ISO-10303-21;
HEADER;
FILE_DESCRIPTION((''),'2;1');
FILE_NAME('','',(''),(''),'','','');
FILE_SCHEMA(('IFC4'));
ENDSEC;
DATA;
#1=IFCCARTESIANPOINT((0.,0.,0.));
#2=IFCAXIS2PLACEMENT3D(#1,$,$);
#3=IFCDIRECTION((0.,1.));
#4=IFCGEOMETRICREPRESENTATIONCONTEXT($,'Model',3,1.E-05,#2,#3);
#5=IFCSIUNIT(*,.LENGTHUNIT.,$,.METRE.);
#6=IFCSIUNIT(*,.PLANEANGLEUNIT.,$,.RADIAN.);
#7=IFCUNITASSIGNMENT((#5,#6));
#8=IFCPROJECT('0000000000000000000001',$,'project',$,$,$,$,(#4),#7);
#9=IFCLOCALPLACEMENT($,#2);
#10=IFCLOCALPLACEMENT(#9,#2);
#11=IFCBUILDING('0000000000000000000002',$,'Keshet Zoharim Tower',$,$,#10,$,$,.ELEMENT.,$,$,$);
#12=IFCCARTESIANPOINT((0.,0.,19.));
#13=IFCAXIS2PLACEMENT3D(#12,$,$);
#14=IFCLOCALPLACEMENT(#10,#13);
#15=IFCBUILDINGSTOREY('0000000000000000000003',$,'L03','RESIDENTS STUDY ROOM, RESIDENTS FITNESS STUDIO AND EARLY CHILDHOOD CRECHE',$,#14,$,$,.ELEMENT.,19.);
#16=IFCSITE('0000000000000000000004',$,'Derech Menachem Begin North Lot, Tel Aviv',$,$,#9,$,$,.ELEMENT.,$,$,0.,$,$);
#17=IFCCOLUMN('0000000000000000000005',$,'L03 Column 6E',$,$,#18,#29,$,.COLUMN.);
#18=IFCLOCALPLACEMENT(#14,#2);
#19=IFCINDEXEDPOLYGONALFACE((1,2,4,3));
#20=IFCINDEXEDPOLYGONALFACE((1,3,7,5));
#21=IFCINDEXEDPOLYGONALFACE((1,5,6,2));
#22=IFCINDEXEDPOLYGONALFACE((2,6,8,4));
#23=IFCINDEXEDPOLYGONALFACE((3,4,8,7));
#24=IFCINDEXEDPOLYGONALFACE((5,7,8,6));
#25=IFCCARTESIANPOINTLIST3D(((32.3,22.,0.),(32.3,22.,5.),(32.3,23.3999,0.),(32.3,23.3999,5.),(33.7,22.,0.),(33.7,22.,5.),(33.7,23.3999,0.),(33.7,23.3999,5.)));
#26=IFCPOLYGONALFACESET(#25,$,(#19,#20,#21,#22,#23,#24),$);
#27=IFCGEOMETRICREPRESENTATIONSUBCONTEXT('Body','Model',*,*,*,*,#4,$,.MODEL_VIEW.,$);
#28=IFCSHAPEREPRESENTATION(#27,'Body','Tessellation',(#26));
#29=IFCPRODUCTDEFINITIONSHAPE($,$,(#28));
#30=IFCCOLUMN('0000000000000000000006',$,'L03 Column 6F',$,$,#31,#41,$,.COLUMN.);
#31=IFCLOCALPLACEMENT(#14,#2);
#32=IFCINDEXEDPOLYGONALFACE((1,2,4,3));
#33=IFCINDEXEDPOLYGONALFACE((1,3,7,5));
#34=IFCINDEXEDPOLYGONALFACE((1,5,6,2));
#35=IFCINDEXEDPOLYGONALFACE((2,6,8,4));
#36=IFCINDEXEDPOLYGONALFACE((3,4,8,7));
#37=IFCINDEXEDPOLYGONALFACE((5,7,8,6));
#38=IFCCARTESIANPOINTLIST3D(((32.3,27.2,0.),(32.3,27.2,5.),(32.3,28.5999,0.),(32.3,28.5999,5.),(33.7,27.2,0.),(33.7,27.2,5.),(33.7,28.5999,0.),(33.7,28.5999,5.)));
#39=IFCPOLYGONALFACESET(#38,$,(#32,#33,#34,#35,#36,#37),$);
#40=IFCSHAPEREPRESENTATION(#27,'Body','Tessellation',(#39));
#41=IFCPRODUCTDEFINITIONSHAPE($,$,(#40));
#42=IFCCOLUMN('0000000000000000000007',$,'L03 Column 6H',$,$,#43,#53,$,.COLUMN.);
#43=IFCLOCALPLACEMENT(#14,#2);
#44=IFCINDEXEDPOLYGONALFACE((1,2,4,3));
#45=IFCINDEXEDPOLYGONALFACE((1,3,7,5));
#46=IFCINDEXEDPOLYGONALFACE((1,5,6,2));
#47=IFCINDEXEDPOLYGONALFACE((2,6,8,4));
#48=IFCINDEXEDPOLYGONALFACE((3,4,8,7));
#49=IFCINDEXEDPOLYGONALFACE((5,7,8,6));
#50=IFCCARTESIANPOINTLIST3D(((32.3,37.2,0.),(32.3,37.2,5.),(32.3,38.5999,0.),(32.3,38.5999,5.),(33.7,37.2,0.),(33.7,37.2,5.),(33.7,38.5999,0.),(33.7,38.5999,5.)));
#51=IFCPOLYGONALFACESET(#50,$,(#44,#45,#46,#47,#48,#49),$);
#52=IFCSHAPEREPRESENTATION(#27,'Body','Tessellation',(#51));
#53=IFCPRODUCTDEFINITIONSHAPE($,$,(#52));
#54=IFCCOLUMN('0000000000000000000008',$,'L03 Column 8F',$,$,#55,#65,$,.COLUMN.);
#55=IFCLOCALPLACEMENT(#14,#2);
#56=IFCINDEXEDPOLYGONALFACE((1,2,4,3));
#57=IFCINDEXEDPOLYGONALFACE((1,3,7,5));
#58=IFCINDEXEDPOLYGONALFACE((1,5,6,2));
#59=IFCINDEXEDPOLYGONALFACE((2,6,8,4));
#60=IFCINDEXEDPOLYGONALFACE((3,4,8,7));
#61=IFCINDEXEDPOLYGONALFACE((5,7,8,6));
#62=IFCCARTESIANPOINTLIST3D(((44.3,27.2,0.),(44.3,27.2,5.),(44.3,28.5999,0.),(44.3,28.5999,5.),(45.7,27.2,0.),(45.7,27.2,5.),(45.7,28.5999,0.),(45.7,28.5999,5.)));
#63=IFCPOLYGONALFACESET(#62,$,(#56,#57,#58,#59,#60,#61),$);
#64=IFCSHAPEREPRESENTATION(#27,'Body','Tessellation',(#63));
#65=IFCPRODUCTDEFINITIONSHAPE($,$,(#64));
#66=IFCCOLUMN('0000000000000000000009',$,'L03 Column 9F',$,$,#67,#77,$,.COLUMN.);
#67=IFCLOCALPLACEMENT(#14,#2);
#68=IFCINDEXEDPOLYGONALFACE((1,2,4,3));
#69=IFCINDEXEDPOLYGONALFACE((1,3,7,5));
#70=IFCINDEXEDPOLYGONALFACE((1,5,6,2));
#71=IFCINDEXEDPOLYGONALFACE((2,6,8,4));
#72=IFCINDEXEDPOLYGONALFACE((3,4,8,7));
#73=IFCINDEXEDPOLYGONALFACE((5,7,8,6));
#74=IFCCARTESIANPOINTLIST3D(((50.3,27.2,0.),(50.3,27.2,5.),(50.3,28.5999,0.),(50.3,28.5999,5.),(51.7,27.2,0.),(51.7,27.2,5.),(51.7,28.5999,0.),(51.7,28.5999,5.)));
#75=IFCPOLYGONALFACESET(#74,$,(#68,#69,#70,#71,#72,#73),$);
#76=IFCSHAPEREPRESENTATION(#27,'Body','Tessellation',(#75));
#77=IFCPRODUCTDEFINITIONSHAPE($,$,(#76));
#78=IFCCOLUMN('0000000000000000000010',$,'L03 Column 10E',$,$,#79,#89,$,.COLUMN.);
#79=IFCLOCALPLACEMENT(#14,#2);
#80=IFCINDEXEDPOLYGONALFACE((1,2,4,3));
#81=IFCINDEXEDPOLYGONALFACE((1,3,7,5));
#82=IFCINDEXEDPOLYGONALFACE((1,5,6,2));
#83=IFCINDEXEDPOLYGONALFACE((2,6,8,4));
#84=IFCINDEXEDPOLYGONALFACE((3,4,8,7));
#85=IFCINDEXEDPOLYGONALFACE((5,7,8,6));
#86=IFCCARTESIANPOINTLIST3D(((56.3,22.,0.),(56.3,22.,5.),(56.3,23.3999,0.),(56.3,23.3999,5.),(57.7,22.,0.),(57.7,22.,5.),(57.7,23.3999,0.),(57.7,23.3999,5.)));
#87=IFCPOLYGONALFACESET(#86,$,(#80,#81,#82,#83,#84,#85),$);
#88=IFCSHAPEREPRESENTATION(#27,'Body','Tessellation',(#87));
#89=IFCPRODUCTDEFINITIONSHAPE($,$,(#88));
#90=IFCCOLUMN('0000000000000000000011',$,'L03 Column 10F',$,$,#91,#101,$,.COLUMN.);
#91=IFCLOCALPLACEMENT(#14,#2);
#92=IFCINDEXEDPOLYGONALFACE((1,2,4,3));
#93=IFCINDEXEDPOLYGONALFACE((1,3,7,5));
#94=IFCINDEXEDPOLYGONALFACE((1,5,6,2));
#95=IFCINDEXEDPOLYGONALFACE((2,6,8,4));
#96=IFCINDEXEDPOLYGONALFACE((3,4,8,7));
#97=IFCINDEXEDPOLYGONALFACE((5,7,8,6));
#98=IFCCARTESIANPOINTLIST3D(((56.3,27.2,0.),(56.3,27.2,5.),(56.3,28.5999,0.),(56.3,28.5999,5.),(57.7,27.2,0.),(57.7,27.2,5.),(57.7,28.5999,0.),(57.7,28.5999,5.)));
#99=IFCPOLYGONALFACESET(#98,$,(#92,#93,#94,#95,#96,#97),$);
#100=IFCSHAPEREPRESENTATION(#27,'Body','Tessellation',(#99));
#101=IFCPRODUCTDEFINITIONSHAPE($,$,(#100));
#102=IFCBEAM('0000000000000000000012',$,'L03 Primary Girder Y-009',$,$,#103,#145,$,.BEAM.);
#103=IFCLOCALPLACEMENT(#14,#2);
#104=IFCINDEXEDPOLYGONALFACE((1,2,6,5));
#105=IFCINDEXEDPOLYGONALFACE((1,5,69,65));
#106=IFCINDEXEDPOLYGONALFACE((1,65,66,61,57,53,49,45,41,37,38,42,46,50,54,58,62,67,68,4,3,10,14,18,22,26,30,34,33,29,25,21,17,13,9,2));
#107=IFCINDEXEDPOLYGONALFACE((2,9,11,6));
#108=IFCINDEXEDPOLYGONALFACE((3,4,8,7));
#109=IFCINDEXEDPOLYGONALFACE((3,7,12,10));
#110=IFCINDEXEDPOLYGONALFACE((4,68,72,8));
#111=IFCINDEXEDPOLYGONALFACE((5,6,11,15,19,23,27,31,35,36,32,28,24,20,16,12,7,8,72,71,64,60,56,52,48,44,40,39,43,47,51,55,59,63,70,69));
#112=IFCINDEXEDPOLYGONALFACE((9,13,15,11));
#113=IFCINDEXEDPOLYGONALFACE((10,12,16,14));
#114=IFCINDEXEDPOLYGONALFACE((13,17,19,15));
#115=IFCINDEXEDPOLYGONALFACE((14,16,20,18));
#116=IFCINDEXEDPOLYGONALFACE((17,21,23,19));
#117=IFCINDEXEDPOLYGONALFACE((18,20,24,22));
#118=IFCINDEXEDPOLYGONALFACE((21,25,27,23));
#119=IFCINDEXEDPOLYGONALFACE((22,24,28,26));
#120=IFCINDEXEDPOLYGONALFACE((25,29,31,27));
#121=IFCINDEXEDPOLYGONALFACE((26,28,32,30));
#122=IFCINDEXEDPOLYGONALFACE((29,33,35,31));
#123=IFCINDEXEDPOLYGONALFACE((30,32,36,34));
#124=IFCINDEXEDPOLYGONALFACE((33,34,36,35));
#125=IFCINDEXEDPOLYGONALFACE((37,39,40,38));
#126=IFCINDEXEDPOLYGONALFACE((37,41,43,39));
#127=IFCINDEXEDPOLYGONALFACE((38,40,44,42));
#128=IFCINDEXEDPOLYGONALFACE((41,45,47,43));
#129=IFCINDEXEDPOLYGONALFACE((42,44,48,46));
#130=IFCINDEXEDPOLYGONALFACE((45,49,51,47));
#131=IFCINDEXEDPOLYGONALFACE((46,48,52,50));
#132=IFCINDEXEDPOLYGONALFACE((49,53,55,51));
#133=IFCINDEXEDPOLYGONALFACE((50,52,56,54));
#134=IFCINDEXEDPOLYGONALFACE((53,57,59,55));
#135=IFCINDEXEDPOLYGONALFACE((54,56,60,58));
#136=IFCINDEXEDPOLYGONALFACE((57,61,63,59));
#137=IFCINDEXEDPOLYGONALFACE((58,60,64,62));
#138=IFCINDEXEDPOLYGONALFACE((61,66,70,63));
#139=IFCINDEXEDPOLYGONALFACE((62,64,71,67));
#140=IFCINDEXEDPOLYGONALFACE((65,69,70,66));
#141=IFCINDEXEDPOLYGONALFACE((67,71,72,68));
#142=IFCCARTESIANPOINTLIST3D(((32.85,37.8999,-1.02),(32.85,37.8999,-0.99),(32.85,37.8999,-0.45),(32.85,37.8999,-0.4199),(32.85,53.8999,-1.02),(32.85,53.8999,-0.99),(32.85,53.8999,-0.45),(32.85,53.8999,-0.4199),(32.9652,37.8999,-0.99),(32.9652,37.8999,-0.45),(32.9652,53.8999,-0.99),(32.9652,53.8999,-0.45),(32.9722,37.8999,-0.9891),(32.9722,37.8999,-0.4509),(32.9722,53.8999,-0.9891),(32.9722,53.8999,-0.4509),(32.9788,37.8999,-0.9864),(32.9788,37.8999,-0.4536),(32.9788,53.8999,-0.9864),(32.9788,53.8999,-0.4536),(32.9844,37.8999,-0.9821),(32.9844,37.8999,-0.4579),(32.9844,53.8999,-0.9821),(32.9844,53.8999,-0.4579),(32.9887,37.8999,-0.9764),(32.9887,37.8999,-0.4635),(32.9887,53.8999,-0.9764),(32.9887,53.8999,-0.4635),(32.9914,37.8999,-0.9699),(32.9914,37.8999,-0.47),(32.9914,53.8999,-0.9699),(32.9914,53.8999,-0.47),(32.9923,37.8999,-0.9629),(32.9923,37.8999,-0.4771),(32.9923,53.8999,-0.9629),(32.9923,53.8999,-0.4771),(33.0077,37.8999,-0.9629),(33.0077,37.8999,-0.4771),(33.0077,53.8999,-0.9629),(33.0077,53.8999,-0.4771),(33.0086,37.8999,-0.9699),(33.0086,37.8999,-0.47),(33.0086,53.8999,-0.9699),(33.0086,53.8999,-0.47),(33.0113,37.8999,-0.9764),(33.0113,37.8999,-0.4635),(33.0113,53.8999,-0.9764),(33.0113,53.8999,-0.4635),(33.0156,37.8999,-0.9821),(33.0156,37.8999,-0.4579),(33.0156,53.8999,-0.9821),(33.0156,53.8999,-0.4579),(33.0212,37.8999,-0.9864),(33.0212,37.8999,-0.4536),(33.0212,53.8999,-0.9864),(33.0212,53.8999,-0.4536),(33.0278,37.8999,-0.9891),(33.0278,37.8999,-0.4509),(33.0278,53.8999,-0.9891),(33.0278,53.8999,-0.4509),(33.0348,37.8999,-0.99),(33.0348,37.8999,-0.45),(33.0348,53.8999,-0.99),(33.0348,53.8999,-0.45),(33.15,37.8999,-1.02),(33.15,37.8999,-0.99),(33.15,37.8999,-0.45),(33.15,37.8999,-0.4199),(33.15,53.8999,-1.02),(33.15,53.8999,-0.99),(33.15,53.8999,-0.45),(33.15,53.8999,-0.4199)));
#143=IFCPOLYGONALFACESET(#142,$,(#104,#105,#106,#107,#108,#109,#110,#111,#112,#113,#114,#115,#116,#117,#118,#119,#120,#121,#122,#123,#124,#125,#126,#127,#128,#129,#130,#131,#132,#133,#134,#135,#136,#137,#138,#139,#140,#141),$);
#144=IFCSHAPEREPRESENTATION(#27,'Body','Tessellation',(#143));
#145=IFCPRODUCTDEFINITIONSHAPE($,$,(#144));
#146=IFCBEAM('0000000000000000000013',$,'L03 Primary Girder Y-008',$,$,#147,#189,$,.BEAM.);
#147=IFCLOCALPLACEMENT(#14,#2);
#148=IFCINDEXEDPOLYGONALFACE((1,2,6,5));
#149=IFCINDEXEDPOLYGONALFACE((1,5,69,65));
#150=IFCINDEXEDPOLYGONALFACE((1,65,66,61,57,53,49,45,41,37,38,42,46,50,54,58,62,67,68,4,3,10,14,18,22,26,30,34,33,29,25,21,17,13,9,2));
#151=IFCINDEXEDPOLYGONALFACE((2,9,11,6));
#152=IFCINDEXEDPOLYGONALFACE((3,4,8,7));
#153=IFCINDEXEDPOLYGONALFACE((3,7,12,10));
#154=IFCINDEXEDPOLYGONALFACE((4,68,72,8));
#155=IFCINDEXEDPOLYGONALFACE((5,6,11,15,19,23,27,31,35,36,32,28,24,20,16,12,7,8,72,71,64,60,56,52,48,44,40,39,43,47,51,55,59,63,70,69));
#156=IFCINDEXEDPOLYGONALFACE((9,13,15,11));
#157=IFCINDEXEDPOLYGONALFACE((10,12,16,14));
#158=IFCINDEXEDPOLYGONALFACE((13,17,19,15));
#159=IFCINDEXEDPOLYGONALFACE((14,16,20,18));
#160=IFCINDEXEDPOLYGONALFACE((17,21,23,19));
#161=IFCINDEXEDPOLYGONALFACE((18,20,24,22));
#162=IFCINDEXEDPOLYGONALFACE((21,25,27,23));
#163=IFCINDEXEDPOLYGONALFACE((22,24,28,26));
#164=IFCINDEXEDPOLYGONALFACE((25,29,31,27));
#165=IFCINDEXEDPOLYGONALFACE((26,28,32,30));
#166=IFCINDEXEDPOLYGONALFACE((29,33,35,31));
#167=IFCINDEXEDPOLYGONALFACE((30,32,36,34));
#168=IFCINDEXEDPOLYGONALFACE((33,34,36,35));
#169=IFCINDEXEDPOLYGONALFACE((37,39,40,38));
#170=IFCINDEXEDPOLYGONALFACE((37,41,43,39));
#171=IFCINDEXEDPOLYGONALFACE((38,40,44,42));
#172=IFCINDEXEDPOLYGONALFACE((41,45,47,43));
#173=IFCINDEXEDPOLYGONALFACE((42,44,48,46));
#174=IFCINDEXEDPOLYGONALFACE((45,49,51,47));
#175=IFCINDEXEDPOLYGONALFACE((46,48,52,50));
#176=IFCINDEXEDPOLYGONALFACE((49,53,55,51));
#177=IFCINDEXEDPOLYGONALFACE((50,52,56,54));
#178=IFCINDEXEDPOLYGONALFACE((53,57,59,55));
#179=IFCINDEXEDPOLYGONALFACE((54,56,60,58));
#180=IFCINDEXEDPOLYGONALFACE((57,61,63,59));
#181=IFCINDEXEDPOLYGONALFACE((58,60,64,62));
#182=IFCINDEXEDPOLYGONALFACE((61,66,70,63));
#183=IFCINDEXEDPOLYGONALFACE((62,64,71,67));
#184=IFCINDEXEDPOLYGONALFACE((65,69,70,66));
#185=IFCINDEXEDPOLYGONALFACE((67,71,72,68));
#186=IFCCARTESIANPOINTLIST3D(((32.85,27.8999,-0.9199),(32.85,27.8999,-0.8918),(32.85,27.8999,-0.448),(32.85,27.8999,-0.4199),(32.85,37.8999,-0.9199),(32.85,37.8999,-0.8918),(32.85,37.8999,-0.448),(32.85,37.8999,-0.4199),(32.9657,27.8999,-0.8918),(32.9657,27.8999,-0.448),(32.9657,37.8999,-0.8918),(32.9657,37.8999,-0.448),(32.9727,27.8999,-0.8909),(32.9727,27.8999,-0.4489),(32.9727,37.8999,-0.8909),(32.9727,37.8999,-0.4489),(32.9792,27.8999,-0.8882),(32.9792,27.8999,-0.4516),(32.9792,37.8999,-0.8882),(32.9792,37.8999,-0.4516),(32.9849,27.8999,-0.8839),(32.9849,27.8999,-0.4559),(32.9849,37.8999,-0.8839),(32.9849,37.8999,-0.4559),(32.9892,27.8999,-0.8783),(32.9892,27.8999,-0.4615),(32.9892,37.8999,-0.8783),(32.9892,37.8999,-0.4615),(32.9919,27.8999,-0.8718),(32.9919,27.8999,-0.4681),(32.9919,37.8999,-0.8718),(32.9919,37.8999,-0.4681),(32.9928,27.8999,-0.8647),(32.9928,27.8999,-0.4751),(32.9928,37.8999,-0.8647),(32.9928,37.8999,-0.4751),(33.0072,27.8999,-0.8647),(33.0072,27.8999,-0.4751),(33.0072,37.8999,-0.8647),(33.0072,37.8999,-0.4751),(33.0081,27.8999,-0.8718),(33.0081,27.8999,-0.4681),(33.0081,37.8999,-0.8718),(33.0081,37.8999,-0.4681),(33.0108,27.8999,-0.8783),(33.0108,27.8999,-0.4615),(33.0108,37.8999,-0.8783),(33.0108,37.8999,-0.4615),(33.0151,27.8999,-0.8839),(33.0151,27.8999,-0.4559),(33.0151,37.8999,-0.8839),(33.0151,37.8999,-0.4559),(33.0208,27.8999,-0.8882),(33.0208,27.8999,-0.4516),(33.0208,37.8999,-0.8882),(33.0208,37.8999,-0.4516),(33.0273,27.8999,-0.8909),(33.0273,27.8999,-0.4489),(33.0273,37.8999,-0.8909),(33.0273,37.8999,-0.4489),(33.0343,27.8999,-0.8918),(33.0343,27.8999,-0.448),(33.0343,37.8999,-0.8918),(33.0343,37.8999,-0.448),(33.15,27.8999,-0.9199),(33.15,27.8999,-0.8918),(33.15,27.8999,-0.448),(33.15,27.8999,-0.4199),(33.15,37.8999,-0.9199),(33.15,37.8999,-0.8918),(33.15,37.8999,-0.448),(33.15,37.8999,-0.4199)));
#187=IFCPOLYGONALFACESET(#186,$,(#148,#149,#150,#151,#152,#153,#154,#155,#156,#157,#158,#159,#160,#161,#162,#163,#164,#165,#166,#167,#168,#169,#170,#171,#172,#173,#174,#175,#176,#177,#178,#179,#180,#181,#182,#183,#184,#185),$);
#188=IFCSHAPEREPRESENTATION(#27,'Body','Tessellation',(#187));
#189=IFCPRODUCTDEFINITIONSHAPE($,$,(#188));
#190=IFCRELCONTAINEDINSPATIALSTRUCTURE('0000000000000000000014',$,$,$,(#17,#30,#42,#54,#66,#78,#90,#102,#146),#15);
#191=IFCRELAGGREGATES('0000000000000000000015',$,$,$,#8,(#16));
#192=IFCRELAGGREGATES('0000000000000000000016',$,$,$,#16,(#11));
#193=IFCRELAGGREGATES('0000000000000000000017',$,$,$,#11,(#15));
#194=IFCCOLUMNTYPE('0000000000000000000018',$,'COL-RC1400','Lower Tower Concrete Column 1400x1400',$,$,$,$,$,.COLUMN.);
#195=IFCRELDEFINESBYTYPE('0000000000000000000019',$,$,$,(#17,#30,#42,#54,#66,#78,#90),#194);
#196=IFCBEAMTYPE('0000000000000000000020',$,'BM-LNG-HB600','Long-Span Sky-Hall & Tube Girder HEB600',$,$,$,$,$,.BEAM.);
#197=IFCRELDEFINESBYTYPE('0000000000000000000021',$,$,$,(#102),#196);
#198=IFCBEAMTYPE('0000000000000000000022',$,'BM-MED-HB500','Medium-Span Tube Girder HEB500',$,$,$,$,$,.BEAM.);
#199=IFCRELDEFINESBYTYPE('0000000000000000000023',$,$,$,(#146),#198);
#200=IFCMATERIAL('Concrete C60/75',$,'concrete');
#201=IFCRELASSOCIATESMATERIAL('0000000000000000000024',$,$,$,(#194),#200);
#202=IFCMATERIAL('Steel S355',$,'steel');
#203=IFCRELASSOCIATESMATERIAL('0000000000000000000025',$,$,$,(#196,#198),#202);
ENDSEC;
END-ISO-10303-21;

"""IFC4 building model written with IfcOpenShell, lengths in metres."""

from ifc_helpers import new_model, si_unit, direction, frame, origin, origin_2d, place, context, subcontext, project, spatial, rectangle, i_section, extrude, material, material_profile, profile_set, type_object, element, save


model = new_model("IFC4")

# Units and contexts
model_context = context("Model", 3, precision=1e-05, world=origin(), true_north=direction((0.0, 1.0)))
body_context = subcontext(model_context, "Body", "Model", "MODEL_VIEW")
ifc_project = project(units=[si_unit("LENGTHUNIT", "METRE"), si_unit("PLANEANGLEUNIT", "RADIAN")], contexts=[model_context])

# Site, building, storey
site_placement = place(None, origin())
site = spatial("IfcSite", under=ifc_project, at=site_placement, Name="Derech Menachem Begin North Lot, Tel Aviv", CompositionType="ELEMENT", RefElevation=0.0)
building_placement = place(site_placement, origin())
building = spatial("IfcBuilding", under=site, at=building_placement, Name="Keshet Zoharim Tower", CompositionType="ELEMENT")
storey_placement = place(building_placement, frame((0.0, 0.0, 19.0)))
storey = spatial("IfcBuildingStorey", under=building, at=storey_placement, Name="L03", Description="RESIDENTS STUDY ROOM, RESIDENTS FITNESS STUDIO AND EARLY CHILDHOOD CRECHE", CompositionType="ELEMENT", Elevation=19.0)

# Columns
ifc_material_1 = material(Name="Concrete C60/75", Category="concrete")
ifc_material_profile_1 = material_profile(ifc_material_1, rectangle(XDim=1.3999, YDim=1.3999, at=origin_2d()), Name="RC1400x1400")
ifc_profile_set_1 = profile_set([ifc_material_profile_1], Name="Concrete C60/75")
column_type = type_object("IfcColumnType", Name="COL-RC1400", Description="Lower Tower Concrete Column 1400x1400", PredefinedType="COLUMN", material=ifc_profile_set_1)
for number, where, z_axis, x_axis, name in (
    (1, (33.0, 22.7, 0.0), (0.0, 0.0, 1.0), (1.0, 0.0, 0.0), "L03 Column 6E"),
    (2, (33.0, 27.8999, 0.0), (0.0, 0.0, 1.0), (1.0, 0.0, 0.0), "L03 Column 6F"),
    (3, (33.0, 37.8999, 0.0), (0.0, 0.0, 1.0), (1.0, 0.0, 0.0), "L03 Column 6H"),
    (4, (45.0, 27.8999, 0.0), (0.0, 0.0, 1.0), (1.0, 0.0, 0.0), "L03 Column 8F"),
    (5, (51.0, 27.8999, 0.0), (0.0, 0.0, 1.0), (1.0, 0.0, 0.0), "L03 Column 9F"),
    (6, (57.0, 22.7, 0.0), (0.0, 0.0, 1.0), (1.0, 0.0, 0.0), "L03 Column 10E"),
    (7, (57.0, 27.8999, 0.0), (0.0, 0.0, 1.0), (1.0, 0.0, 0.0), "L03 Column 10F"),
):
    element("IfcColumn", number, at=place(storey_placement, frame(where, z_axis=z_axis, x_axis=x_axis)), inside=storey, type_object=column_type, Name=name, PredefinedType="COLUMN", context=body_context, shape_type="SweptSolid", body=[
        extrude(rectangle(XDim=1.3999, YDim=1.3999, at=origin_2d()), origin(), (0.0, 0.0, 1.0), 5.0),
    ])

# Beams
ifc_material_2 = material(Name="Steel S355", Category="steel")
ifc_material_profile_2 = material_profile(ifc_material_2, i_section(OverallWidth=0.3, OverallDepth=0.6001, WebThickness=0.0154, FlangeThickness=0.03, FilletRadius=0.0271, at=origin_2d()), Name="HEB600")
ifc_profile_set_2 = profile_set([ifc_material_profile_2], Name="Steel S355")
beam_type_1 = type_object("IfcBeamType", Name="BM-LNG-HB600", Description="Long-Span Sky-Hall & Tube Girder HEB600", PredefinedType="BEAM", material=ifc_profile_set_2)
beam_1_placement = place(storey_placement, frame((33.0, 37.8999, -0.72), z_axis=(0.0, 1.0, 0.0), x_axis=(-1.0, 0.0, 0.0)))
element("IfcBeam", 8, at=beam_1_placement, inside=storey, type_object=beam_type_1, Name="L03 Primary Girder Y-009", PredefinedType="BEAM", context=body_context, shape_type="SweptSolid", body=[
    extrude(i_section(OverallWidth=0.3, OverallDepth=0.6001, WebThickness=0.0154, FlangeThickness=0.03, FilletRadius=0.0271, at=origin_2d()), origin(), (0.0, 0.0, 1.0), 16.0),
])
ifc_material_profile_3 = material_profile(ifc_material_2, i_section(OverallWidth=0.3, OverallDepth=0.5, WebThickness=0.0144, FlangeThickness=0.0281, FilletRadius=0.0271, at=origin_2d()), Name="HEB500")
ifc_profile_set_3 = profile_set([ifc_material_profile_3], Name="Steel S355")
beam_type_2 = type_object("IfcBeamType", Name="BM-MED-HB500", Description="Medium-Span Tube Girder HEB500", PredefinedType="BEAM", material=ifc_profile_set_3)
beam_2_placement = place(storey_placement, frame((33.0, 27.8999, -0.6699), z_axis=(0.0, 1.0, 0.0), x_axis=(-1.0, 0.0, 0.0)))
element("IfcBeam", 9, at=beam_2_placement, inside=storey, type_object=beam_type_2, Name="L03 Primary Girder Y-008", PredefinedType="BEAM", context=body_context, shape_type="SweptSolid", body=[
    extrude(i_section(OverallWidth=0.3, OverallDepth=0.5, WebThickness=0.0144, FlangeThickness=0.0281, FilletRadius=0.0271, at=origin_2d()), origin(), (0.0, 0.0, 1.0), 10.0),
])

save(model, "model.ifc")
